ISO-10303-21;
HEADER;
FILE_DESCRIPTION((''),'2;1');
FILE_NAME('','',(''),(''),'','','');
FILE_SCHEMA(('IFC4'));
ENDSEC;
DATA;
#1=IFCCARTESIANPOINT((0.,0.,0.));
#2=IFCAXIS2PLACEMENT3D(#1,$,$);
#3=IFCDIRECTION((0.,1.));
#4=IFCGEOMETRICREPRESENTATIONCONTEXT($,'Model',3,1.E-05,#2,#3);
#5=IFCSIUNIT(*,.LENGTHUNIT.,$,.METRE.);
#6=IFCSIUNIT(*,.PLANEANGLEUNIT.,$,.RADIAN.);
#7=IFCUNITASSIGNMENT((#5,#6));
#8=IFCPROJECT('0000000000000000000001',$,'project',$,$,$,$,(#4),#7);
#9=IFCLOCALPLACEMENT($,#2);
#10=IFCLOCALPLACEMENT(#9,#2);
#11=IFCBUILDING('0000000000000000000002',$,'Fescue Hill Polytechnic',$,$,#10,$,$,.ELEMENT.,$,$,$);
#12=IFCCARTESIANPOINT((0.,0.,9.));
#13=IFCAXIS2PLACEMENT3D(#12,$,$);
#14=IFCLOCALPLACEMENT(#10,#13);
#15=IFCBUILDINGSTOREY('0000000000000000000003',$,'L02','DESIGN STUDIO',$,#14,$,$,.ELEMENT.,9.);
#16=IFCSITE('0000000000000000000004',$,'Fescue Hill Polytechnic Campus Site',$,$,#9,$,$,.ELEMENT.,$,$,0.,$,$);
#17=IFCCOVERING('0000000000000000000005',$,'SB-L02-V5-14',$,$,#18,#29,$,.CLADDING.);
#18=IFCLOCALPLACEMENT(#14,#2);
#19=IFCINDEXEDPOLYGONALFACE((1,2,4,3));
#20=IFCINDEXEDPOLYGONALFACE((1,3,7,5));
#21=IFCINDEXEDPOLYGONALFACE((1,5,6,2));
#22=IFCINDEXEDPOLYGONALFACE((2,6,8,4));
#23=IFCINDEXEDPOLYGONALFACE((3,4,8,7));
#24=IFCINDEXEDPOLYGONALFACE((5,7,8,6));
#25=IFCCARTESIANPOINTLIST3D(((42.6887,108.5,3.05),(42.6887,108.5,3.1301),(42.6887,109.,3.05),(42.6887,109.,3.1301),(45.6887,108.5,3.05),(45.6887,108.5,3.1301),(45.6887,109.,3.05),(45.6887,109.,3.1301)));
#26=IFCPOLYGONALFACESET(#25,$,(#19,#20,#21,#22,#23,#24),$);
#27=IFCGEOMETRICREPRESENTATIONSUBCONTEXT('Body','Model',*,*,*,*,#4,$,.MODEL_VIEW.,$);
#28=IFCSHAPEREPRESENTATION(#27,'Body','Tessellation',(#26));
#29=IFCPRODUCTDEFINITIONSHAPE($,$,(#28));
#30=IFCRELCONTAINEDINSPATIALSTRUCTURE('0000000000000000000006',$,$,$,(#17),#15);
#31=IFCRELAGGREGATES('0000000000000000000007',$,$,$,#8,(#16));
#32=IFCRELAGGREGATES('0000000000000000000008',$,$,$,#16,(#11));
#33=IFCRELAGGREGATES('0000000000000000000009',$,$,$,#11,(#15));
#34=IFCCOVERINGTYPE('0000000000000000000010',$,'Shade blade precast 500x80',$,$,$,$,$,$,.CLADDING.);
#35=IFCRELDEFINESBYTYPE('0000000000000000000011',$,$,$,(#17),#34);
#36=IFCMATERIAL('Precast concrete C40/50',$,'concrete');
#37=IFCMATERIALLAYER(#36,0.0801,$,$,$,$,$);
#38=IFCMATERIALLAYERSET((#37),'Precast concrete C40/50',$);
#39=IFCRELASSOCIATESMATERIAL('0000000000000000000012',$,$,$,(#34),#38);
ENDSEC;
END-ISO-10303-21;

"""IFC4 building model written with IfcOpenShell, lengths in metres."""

from ifc_helpers import new_model, si_unit, direction, frame, origin, origin_2d, place, context, subcontext, project, spatial, rectangle, extrude, material, layer, layer_set, type_object, element, save


model = new_model("IFC4")

# Units and contexts
model_context = context("Model", 3, precision=1e-05, world=origin(), true_north=direction((0.0, 1.0)))
body_context = subcontext(model_context, "Body", "Model", "MODEL_VIEW")
ifc_project = project(units=[si_unit("LENGTHUNIT", "METRE"), si_unit("PLANEANGLEUNIT", "RADIAN")], contexts=[model_context])

# Site, building, storey
site_placement = place(None, origin())
site = spatial("IfcSite", under=ifc_project, at=site_placement, Name="Fescue Hill Polytechnic Campus Site", CompositionType="ELEMENT", RefElevation=0.0)
building_placement = place(site_placement, origin())
building = spatial("IfcBuilding", under=site, at=building_placement, Name="Fescue Hill Polytechnic", CompositionType="ELEMENT")
storey_placement = place(building_placement, frame((0.0, 0.0, 9.0)))
storey = spatial("IfcBuildingStorey", under=building, at=storey_placement, Name="L02", Description="DESIGN STUDIO", CompositionType="ELEMENT", Elevation=9.0)

# Covering
ifc_material_1 = material(Name="Precast concrete C40/50", Category="concrete")
ifc_layer_1 = layer(ifc_material_1, 0.0801)
ifc_layer_set_1 = layer_set([ifc_layer_1], Name="Precast concrete C40/50")
covering_type = type_object("IfcCoveringType", Name="Shade blade precast 500x80", PredefinedType="CLADDING", material=ifc_layer_set_1)
for number, where, z_axis, x_axis, name in (
    (1, (44.1887, 108.75, 3.05), (0.0, 0.0, 1.0), (1.0, 0.0, 0.0), "SB-L02-V5-14"),
):
    element("IfcCovering", number, at=place(storey_placement, frame(where, z_axis=z_axis, x_axis=x_axis)), inside=storey, type_object=covering_type, Name=name, PredefinedType="CLADDING", context=body_context, shape_type="SweptSolid", body=[
        extrude(rectangle(XDim=3.0, YDim=0.5, at=origin_2d()), origin(), (0.0, 0.0, 1.0), 0.0801),
    ])

save(model, "model.ifc")
